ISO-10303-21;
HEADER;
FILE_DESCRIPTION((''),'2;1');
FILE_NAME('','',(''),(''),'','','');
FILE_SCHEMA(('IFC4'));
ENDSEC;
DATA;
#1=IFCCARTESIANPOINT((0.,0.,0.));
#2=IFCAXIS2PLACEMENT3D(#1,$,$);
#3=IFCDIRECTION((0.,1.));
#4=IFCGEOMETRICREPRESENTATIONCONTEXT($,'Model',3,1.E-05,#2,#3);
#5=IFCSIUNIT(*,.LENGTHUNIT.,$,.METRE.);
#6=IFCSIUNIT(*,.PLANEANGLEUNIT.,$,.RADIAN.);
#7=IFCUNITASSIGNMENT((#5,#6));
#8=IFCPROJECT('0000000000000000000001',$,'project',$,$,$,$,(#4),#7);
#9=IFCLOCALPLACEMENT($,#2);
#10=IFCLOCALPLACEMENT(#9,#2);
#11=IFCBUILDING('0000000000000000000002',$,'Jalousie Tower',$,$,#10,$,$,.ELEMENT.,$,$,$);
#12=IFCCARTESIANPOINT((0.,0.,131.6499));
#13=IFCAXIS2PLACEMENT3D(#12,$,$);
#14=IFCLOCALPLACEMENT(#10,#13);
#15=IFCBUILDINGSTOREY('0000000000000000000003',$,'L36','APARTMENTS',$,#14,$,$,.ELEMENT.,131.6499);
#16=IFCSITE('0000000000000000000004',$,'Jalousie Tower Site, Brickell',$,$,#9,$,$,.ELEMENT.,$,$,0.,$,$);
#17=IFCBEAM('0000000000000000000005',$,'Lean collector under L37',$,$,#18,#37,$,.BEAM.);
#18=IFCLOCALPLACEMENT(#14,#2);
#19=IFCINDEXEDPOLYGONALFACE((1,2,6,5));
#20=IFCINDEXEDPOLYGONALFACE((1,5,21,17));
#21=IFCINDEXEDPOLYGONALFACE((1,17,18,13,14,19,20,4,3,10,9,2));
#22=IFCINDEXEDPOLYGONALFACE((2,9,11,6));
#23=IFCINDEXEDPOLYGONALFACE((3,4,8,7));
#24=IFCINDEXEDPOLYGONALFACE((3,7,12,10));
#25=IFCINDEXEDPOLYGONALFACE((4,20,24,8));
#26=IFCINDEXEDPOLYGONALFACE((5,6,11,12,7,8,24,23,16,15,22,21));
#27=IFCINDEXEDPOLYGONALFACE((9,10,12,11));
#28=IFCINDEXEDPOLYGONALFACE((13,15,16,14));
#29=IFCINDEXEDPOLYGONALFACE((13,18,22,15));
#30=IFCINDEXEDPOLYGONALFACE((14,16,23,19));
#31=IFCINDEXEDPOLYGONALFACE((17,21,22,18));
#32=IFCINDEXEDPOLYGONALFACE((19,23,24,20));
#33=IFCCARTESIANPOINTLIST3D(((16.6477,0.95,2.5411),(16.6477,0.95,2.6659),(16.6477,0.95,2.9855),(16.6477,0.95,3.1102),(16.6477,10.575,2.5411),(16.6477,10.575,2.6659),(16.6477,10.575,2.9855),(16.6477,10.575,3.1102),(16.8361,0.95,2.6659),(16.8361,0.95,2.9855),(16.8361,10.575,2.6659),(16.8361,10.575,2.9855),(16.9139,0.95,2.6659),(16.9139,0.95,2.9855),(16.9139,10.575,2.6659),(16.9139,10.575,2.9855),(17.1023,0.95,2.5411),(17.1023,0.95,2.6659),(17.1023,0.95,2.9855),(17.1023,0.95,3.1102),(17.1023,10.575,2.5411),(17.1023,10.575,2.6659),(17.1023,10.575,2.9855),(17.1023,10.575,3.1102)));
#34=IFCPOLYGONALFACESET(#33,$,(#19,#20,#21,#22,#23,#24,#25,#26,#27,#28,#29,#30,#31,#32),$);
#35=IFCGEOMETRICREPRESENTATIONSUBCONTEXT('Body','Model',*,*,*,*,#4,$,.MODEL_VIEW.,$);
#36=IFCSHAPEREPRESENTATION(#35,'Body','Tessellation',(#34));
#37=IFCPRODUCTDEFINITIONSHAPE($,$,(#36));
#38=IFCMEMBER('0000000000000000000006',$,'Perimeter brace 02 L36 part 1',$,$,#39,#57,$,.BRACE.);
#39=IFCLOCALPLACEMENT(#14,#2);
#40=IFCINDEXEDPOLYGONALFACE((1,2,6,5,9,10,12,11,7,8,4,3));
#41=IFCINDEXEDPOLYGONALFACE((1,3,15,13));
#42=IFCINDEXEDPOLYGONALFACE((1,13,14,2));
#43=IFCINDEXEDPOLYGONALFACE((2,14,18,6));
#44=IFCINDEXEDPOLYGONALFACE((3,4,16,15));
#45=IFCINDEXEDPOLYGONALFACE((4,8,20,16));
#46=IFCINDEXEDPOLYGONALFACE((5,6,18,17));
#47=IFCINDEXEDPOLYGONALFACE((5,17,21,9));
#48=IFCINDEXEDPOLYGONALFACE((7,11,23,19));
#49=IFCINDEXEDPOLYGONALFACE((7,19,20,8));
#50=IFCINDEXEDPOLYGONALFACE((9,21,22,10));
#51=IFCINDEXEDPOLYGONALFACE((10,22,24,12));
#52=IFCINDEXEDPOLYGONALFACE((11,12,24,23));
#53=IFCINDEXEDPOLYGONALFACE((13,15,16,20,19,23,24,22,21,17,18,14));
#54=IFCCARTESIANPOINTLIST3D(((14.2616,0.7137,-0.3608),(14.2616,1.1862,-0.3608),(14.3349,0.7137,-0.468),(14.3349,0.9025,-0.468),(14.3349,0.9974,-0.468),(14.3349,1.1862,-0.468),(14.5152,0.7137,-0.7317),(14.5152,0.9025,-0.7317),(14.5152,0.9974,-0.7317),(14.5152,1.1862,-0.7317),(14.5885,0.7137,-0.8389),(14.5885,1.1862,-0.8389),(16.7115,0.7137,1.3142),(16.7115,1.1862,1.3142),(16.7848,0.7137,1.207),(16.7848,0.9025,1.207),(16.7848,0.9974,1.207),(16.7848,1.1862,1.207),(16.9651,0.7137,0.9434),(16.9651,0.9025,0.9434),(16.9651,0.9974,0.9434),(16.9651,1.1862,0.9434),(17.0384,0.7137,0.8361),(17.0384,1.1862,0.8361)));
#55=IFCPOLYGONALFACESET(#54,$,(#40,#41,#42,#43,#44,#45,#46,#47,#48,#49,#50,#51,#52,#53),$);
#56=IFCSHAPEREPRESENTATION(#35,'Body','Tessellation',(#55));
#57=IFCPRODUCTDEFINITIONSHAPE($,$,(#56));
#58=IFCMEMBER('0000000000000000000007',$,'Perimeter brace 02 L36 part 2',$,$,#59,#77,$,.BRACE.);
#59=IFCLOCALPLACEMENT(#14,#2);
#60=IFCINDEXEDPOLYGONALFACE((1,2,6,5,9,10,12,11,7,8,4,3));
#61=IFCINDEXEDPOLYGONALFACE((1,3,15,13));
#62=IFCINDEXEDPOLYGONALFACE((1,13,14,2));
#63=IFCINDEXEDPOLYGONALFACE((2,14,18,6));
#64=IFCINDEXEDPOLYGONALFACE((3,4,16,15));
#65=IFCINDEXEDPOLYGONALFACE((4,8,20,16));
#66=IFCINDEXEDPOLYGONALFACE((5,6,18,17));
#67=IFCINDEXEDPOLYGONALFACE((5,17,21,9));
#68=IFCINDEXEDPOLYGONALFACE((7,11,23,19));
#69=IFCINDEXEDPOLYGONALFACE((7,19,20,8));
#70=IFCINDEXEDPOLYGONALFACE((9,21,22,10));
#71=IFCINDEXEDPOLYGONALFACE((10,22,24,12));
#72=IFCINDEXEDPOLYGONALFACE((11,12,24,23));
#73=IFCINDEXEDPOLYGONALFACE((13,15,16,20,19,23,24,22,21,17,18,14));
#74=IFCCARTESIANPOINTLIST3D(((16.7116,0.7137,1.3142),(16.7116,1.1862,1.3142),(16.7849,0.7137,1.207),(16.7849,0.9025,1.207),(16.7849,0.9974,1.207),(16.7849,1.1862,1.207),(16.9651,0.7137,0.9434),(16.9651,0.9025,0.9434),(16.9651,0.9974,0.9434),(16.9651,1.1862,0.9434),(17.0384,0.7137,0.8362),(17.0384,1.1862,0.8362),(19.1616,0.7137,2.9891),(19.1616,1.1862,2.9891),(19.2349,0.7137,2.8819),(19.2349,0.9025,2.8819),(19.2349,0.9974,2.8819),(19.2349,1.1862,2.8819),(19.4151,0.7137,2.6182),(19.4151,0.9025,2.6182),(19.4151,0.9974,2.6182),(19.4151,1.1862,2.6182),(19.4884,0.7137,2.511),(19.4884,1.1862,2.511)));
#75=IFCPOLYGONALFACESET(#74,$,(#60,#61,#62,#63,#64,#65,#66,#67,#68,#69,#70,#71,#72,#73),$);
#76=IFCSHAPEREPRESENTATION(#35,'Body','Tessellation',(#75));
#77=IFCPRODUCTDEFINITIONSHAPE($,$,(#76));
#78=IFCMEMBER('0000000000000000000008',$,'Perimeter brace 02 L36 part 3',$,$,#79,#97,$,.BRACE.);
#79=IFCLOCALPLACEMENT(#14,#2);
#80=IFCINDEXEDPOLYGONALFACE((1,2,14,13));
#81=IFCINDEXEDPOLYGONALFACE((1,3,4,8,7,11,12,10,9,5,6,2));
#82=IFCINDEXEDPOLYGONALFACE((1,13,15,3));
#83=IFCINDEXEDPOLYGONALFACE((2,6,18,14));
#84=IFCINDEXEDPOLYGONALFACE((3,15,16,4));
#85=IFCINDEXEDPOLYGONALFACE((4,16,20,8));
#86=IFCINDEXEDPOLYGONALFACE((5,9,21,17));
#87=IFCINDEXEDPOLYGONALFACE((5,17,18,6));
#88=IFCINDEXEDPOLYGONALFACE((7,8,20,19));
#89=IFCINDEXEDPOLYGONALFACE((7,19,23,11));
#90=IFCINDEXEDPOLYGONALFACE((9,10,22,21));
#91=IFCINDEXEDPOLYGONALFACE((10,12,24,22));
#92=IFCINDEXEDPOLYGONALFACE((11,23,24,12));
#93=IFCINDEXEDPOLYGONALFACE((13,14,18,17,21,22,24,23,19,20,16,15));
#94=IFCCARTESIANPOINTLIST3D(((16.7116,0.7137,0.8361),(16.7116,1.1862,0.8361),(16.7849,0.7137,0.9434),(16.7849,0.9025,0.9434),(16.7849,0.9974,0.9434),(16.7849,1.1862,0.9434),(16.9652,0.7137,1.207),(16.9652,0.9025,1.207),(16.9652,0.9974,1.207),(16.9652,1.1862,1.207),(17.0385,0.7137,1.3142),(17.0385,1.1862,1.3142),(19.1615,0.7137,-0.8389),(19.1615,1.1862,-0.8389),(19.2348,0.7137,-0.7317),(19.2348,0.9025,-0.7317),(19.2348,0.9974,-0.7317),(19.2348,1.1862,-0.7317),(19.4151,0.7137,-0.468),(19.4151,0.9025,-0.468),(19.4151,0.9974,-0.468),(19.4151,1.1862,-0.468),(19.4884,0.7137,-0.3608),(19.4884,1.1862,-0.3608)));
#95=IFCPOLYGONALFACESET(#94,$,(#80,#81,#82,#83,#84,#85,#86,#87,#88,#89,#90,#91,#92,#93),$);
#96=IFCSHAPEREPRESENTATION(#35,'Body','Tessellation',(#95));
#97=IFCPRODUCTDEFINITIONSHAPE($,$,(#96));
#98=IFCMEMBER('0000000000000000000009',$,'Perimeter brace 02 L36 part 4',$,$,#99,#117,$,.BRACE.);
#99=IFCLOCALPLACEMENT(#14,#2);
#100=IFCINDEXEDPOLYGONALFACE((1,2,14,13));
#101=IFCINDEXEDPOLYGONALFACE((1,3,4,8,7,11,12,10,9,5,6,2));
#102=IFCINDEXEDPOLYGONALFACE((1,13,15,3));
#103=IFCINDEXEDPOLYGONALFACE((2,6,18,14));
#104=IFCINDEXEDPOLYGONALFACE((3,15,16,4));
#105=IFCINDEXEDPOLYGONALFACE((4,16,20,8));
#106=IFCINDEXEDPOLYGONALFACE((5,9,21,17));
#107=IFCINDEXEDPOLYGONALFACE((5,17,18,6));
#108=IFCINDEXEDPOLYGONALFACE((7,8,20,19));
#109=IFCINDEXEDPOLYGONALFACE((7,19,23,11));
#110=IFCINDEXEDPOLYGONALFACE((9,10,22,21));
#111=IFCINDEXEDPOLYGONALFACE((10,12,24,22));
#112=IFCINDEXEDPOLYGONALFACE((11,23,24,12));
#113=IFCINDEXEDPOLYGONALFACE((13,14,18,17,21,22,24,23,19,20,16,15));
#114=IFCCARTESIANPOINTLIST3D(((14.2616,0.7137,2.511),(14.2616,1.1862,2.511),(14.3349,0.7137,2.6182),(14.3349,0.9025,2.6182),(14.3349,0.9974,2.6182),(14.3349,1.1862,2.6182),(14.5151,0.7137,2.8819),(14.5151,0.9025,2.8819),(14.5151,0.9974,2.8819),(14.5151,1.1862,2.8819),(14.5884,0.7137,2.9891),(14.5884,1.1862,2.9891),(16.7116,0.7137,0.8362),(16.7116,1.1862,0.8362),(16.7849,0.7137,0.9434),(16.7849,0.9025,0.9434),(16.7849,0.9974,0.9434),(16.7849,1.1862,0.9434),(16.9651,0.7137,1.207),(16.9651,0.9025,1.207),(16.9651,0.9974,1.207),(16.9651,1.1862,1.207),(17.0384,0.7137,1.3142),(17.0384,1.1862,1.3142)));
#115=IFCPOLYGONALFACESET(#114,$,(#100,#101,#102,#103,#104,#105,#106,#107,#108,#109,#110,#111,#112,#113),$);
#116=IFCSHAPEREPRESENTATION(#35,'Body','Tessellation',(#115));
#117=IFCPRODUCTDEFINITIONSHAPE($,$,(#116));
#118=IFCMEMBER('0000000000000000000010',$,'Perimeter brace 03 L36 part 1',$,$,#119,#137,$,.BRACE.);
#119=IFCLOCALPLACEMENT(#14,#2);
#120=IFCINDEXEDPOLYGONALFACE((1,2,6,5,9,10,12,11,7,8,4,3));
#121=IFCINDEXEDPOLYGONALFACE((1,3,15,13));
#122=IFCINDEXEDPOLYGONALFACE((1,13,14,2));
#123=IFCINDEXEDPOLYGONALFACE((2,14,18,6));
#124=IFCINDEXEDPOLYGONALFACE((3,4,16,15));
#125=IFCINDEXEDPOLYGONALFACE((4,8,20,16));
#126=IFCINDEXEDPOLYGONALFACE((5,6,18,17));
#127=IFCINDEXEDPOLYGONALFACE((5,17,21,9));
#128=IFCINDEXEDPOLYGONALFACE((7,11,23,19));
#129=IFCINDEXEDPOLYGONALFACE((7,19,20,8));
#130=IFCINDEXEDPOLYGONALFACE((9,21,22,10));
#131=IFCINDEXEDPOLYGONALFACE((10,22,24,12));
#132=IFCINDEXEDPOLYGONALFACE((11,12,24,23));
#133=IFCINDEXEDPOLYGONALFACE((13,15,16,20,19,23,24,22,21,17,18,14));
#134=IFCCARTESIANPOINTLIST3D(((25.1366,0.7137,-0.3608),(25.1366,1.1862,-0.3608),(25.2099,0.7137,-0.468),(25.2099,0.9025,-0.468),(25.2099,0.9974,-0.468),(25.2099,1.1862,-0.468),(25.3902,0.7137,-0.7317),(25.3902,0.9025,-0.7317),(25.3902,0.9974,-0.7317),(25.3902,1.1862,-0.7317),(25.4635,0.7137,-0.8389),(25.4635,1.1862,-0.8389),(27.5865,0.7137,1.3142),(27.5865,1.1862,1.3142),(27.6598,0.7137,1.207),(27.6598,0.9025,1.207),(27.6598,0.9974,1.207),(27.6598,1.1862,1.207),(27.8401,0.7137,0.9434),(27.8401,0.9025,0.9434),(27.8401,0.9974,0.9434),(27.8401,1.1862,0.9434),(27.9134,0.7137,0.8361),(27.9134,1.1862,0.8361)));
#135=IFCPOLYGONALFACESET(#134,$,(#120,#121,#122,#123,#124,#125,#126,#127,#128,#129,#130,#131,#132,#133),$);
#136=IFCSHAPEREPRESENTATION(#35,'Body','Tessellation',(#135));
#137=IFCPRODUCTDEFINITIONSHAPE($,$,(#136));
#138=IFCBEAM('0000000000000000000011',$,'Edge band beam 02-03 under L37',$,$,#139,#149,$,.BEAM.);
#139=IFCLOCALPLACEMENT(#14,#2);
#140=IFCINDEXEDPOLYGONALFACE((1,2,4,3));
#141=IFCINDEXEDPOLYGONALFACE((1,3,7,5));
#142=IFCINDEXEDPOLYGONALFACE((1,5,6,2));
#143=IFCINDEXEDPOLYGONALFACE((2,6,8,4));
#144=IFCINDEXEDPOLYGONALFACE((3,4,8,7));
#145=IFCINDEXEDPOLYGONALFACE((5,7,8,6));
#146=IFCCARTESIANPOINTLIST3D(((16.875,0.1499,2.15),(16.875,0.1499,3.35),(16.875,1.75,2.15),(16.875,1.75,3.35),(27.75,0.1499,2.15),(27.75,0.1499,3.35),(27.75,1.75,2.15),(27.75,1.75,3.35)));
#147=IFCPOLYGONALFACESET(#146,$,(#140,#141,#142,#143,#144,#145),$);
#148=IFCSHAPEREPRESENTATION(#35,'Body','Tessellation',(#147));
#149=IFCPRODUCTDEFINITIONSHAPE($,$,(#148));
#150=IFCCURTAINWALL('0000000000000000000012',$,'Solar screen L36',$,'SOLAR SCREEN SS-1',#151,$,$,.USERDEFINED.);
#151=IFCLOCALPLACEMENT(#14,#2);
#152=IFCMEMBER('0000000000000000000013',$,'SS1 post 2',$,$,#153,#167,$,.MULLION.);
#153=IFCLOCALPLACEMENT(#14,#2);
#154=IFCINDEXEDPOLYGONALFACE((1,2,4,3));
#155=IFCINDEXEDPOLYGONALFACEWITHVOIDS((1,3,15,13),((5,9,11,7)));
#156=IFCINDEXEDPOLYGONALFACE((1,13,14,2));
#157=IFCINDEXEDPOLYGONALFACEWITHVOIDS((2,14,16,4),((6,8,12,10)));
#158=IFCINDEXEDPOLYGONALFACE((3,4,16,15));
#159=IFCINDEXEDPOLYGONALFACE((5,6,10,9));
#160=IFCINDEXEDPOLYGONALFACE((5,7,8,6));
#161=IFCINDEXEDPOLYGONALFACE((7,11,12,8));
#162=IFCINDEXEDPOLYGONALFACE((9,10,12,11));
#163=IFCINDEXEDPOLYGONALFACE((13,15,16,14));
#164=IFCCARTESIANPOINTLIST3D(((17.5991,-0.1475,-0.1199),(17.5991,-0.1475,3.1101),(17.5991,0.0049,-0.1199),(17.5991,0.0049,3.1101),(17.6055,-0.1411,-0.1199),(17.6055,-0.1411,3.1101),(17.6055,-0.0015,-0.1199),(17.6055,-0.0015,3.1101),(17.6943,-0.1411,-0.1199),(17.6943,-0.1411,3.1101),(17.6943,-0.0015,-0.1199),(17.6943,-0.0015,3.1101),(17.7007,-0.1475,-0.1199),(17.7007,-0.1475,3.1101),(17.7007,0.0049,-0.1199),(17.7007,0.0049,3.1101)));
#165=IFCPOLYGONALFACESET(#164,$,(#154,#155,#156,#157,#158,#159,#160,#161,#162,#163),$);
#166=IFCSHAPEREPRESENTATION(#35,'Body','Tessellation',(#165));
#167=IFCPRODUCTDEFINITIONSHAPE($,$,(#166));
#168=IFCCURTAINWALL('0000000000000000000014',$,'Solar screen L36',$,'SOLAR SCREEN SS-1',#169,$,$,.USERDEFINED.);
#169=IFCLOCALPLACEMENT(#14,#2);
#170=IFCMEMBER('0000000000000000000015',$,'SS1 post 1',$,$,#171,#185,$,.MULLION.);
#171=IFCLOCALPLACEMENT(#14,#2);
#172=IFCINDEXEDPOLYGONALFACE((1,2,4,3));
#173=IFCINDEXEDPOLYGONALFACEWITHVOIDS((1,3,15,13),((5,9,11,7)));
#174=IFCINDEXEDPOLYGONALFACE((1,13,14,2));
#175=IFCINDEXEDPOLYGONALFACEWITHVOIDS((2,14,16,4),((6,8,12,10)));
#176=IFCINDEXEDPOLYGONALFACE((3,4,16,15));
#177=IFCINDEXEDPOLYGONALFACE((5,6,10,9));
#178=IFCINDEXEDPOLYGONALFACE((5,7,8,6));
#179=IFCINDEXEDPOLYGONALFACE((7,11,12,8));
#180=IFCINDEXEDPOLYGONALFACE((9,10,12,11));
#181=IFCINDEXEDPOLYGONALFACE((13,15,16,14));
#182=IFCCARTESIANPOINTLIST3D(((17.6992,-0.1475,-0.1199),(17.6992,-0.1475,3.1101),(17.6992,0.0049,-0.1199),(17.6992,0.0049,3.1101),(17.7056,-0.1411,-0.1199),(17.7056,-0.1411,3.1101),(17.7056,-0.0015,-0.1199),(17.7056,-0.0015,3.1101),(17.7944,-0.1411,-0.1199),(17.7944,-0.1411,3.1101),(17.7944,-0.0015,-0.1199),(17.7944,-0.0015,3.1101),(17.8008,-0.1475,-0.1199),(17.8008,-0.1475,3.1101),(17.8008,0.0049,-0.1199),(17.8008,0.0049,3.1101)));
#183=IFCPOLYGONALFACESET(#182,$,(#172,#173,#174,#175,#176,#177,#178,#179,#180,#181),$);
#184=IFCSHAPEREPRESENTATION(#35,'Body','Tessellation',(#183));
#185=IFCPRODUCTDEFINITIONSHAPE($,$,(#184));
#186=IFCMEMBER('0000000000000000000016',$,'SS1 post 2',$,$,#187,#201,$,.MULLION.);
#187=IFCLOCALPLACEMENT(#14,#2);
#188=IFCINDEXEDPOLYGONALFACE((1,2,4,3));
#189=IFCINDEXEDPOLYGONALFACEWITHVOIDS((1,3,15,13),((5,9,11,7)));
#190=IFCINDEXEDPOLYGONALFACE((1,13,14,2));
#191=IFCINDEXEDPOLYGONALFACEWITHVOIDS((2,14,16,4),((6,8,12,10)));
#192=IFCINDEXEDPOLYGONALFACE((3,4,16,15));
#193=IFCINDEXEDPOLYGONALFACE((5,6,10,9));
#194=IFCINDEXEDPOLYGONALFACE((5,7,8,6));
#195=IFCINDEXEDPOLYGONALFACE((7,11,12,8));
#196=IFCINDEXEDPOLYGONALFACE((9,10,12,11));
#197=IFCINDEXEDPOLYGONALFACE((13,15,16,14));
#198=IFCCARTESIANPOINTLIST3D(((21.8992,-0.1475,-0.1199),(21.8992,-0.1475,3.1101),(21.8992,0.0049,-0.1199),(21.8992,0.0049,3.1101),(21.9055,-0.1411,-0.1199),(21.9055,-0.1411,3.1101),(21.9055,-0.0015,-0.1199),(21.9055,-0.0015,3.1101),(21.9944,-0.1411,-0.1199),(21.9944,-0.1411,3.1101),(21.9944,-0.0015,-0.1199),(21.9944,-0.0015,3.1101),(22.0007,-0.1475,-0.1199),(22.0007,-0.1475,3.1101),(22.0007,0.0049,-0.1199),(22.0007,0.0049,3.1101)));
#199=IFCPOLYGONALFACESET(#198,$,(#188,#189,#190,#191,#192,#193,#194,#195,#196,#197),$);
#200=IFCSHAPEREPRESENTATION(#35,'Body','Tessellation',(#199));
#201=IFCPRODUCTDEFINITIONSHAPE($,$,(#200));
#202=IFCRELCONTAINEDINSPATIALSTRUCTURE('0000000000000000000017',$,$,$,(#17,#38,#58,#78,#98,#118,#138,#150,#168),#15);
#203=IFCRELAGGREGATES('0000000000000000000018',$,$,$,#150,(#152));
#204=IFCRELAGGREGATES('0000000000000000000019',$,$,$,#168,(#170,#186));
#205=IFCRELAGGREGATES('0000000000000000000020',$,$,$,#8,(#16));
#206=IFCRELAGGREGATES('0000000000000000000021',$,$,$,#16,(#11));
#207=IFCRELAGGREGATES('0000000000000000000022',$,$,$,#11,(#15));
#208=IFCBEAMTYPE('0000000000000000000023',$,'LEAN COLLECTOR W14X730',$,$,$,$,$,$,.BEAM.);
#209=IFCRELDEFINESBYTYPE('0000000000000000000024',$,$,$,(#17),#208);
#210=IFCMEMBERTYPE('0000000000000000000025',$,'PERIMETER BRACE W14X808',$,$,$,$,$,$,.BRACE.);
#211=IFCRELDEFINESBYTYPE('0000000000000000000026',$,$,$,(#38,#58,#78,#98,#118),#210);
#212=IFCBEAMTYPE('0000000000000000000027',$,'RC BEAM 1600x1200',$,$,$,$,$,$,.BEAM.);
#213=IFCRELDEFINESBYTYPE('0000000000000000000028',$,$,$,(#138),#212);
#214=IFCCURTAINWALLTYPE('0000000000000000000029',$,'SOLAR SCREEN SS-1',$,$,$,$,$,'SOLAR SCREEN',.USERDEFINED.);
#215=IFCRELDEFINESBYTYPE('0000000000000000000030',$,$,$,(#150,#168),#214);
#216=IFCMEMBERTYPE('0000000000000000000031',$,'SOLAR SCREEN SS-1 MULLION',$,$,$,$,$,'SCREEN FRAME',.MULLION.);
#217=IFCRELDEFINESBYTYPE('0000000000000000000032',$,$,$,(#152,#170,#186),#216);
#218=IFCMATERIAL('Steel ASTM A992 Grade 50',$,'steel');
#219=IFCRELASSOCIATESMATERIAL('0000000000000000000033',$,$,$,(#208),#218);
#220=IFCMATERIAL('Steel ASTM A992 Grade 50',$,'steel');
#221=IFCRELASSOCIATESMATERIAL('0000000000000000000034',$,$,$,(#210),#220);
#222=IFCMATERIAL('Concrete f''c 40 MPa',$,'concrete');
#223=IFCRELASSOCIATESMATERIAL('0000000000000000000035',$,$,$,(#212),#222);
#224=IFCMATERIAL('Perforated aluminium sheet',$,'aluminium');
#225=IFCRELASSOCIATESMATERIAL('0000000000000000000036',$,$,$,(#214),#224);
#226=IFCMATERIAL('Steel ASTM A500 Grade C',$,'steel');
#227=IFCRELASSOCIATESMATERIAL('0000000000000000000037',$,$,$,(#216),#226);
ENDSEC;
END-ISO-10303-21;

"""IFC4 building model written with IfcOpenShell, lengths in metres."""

from ifc_helpers import new_model, si_unit, direction, frame, origin, origin_2d, place, context, subcontext, project, spatial, rectangle, hollow_rectangle, i_section, extrude, material, material_profile, profile_set, type_object, element, aggregate, save


model = new_model("IFC4")

# Units and contexts
model_context = context("Model", 3, precision=1e-05, world=origin(), true_north=direction((0.0, 1.0)))
body_context = subcontext(model_context, "Body", "Model", "MODEL_VIEW")
ifc_project = project(units=[si_unit("LENGTHUNIT", "METRE"), si_unit("PLANEANGLEUNIT", "RADIAN")], contexts=[model_context])

# Site, building, storey
site_placement = place(None, origin())
site = spatial("IfcSite", under=ifc_project, at=site_placement, Name="Jalousie Tower Site, Brickell", CompositionType="ELEMENT", RefElevation=0.0)
building_placement = place(site_placement, origin())
building = spatial("IfcBuilding", under=site, at=building_placement, Name="Jalousie Tower", CompositionType="ELEMENT")
storey_placement = place(building_placement, frame((0.0, 0.0, 131.6499)))
storey = spatial("IfcBuildingStorey", under=building, at=storey_placement, Name="L36", Description="APARTMENTS", CompositionType="ELEMENT", Elevation=131.6499)

# Beam
ifc_material_1 = material(Name="Steel ASTM A992 Grade 50", Category="steel")
ifc_material_profile_1 = material_profile(ifc_material_1, i_section(OverallWidth=0.4546, OverallDepth=0.5691, WebThickness=0.0779, FlangeThickness=0.1248, at=origin_2d()), Name="W14X730")
ifc_profile_set_1 = profile_set([ifc_material_profile_1], Name="Steel ASTM A992 Grade 50")
beam_type_1 = type_object("IfcBeamType", Name="LEAN COLLECTOR W14X730", PredefinedType="BEAM", material=ifc_profile_set_1)
beam_1_placement = place(storey_placement, frame((16.875, 0.95, 2.8257), z_axis=(0.0, 1.0, 0.0), x_axis=(-1.0, 0.0, 0.0)))
element("IfcBeam", 1, at=beam_1_placement, inside=storey, type_object=beam_type_1, Name="Lean collector under L37", PredefinedType="BEAM", context=body_context, shape_type="SweptSolid", body=[
    extrude(i_section(OverallWidth=0.4546, OverallDepth=0.5691, WebThickness=0.0779, FlangeThickness=0.1248, at=origin_2d()), origin(), (0.0, 0.0, 1.0), 9.625),
])

# Members
ifc_material_2 = material(Name="Steel ASTM A992 Grade 50", Category="steel")
ifc_material_profile_2 = material_profile(ifc_material_2, i_section(OverallWidth=0.4724, OverallDepth=0.5791, WebThickness=0.095, FlangeThickness=0.1299, at=origin_2d()), Name="W14X808")
ifc_profile_set_2 = profile_set([ifc_material_profile_2], Name="Steel ASTM A992 Grade 50")
member_type_1 = type_object("IfcMemberType", Name="PERIMETER BRACE W14X808", PredefinedType="BRACE", material=ifc_profile_set_2)
for number, where, z_axis, x_axis, name in (
    (2, (14.425, 0.95, -0.5999), (0.825501, 0.0, 0.564401), (0.0, 1.0, 0.0), "Perimeter brace 02 L36 part 1"),
    (3, (16.875, 0.95, 1.0752), (0.825539, 0.0, 0.564345), (0.0, 1.0, 0.0), "Perimeter brace 02 L36 part 2"),
    (4, (19.325, 0.95, -0.5999), (-0.825501, 0.0, 0.564401), (0.0, -1.0, 0.0), "Perimeter brace 02 L36 part 3"),
    (5, (16.875, 0.95, 1.0752), (-0.825539, 0.0, 0.564345), (0.0, -1.0, 0.0), "Perimeter brace 02 L36 part 4"),
    (6, (25.3, 0.95, -0.5999), (0.825501, 0.0, 0.564401), (0.0, 1.0, 0.0), "Perimeter brace 03 L36 part 1"),
):
    element("IfcMember", number, at=place(storey_placement, frame(where, z_axis=z_axis, x_axis=x_axis)), inside=storey, type_object=member_type_1, Name=name, PredefinedType="BRACE", context=body_context, shape_type="SweptSolid", body=[
        extrude(i_section(OverallWidth=0.4724, OverallDepth=0.5791, WebThickness=0.095, FlangeThickness=0.1299, at=origin_2d()), origin(), (0.0, 0.0, 1.0), 2.9678),
    ])

# Beam
ifc_material_3 = material(Name="Concrete f'c 40 MPa", Category="concrete")
ifc_material_profile_3 = material_profile(ifc_material_3, rectangle(XDim=1.6001, YDim=1.2, at=origin_2d()), Name="RC 1600x1200")
ifc_profile_set_3 = profile_set([ifc_material_profile_3], Name="Concrete f'c 40 MPa")
beam_type_2 = type_object("IfcBeamType", Name="RC BEAM 1600x1200", PredefinedType="BEAM", material=ifc_profile_set_3)
beam_2_placement = place(storey_placement, frame((16.875, 0.95, 2.75), z_axis=(1.0, 0.0, 0.0), x_axis=(0.0, 1.0, 0.0)))
element("IfcBeam", 7, at=beam_2_placement, inside=storey, type_object=beam_type_2, Name="Edge band beam 02-03 under L37", PredefinedType="BEAM", context=body_context, shape_type="SweptSolid", body=[
    extrude(rectangle(XDim=1.6001, YDim=1.2, at=origin_2d()), origin(), (0.0, 0.0, 1.0), 10.875),
])

# Curtain wall, member
ifc_material_4 = material(Name="Perforated aluminium sheet", Category="aluminium")
curtain_wall_type = type_object("IfcCurtainWallType", Name="SOLAR SCREEN SS-1", ElementType="SOLAR SCREEN", PredefinedType="USERDEFINED", material=ifc_material_4)
curtain_wall_1_placement = place(storey_placement, origin())
curtain_wall_1 = element("IfcCurtainWall", 8, at=curtain_wall_1_placement, inside=storey, type_object=curtain_wall_type, Name="Solar screen L36", ObjectType="SOLAR SCREEN SS-1", PredefinedType="USERDEFINED")
ifc_material_5 = material(Name="Steel ASTM A500 Grade C", Category="steel")
ifc_material_profile_4 = material_profile(ifc_material_5, hollow_rectangle(XDim=0.1016, YDim=0.1523, WallThickness=0.0063, at=origin_2d()), Name="HSS6X4X1/4")
ifc_profile_set_4 = profile_set([ifc_material_profile_4], Name="Steel ASTM A500 Grade C")
member_type_2 = type_object("IfcMemberType", Name="SOLAR SCREEN SS-1 MULLION", ElementType="SCREEN FRAME", PredefinedType="MULLION", material=ifc_profile_set_4)
member_1_placement = place(storey_placement, frame((17.6499, -0.0713, -0.1199), z_axis=(0.0, 0.0, 1.0), x_axis=(1.0, 0.0, 0.0)))
member_1 = element("IfcMember", 9, at=member_1_placement, type_object=member_type_2, Name="SS1 post 2", PredefinedType="MULLION", context=body_context, shape_type="SweptSolid", body=[
    extrude(hollow_rectangle(XDim=0.1016, YDim=0.1523, WallThickness=0.0063, at=origin_2d()), origin(), (0.0, 0.0, 1.0), 3.23),
])

# Curtain wall, members
curtain_wall_2_placement = place(storey_placement, origin())
curtain_wall_2 = element("IfcCurtainWall", 10, at=curtain_wall_2_placement, inside=storey, type_object=curtain_wall_type, Name="Solar screen L36", ObjectType="SOLAR SCREEN SS-1", PredefinedType="USERDEFINED")
member_2_placement = place(storey_placement, frame((17.75, -0.0713, -0.1199), z_axis=(0.0, 0.0, 1.0), x_axis=(1.0, 0.0, 0.0)))
member_2 = element("IfcMember", 11, at=member_2_placement, type_object=member_type_2, Name="SS1 post 1", PredefinedType="MULLION", context=body_context, shape_type="SweptSolid", body=[
    extrude(hollow_rectangle(XDim=0.1016, YDim=0.1523, WallThickness=0.0063, at=origin_2d()), origin(), (0.0, 0.0, 1.0), 3.23),
])
member_3_placement = place(storey_placement, frame((21.95, -0.0713, -0.1199), z_axis=(0.0, 0.0, 1.0), x_axis=(1.0, 0.0, 0.0)))
member_3 = element("IfcMember", 12, at=member_3_placement, type_object=member_type_2, Name="SS1 post 2", PredefinedType="MULLION", context=body_context, shape_type="SweptSolid", body=[
    extrude(hollow_rectangle(XDim=0.1016, YDim=0.1523, WallThickness=0.0063, at=origin_2d()), origin(), (0.0, 0.0, 1.0), 3.23),
])

aggregate(curtain_wall_1, [member_1])
aggregate(curtain_wall_2, [member_2, member_3])

save(model, "model.ifc")
